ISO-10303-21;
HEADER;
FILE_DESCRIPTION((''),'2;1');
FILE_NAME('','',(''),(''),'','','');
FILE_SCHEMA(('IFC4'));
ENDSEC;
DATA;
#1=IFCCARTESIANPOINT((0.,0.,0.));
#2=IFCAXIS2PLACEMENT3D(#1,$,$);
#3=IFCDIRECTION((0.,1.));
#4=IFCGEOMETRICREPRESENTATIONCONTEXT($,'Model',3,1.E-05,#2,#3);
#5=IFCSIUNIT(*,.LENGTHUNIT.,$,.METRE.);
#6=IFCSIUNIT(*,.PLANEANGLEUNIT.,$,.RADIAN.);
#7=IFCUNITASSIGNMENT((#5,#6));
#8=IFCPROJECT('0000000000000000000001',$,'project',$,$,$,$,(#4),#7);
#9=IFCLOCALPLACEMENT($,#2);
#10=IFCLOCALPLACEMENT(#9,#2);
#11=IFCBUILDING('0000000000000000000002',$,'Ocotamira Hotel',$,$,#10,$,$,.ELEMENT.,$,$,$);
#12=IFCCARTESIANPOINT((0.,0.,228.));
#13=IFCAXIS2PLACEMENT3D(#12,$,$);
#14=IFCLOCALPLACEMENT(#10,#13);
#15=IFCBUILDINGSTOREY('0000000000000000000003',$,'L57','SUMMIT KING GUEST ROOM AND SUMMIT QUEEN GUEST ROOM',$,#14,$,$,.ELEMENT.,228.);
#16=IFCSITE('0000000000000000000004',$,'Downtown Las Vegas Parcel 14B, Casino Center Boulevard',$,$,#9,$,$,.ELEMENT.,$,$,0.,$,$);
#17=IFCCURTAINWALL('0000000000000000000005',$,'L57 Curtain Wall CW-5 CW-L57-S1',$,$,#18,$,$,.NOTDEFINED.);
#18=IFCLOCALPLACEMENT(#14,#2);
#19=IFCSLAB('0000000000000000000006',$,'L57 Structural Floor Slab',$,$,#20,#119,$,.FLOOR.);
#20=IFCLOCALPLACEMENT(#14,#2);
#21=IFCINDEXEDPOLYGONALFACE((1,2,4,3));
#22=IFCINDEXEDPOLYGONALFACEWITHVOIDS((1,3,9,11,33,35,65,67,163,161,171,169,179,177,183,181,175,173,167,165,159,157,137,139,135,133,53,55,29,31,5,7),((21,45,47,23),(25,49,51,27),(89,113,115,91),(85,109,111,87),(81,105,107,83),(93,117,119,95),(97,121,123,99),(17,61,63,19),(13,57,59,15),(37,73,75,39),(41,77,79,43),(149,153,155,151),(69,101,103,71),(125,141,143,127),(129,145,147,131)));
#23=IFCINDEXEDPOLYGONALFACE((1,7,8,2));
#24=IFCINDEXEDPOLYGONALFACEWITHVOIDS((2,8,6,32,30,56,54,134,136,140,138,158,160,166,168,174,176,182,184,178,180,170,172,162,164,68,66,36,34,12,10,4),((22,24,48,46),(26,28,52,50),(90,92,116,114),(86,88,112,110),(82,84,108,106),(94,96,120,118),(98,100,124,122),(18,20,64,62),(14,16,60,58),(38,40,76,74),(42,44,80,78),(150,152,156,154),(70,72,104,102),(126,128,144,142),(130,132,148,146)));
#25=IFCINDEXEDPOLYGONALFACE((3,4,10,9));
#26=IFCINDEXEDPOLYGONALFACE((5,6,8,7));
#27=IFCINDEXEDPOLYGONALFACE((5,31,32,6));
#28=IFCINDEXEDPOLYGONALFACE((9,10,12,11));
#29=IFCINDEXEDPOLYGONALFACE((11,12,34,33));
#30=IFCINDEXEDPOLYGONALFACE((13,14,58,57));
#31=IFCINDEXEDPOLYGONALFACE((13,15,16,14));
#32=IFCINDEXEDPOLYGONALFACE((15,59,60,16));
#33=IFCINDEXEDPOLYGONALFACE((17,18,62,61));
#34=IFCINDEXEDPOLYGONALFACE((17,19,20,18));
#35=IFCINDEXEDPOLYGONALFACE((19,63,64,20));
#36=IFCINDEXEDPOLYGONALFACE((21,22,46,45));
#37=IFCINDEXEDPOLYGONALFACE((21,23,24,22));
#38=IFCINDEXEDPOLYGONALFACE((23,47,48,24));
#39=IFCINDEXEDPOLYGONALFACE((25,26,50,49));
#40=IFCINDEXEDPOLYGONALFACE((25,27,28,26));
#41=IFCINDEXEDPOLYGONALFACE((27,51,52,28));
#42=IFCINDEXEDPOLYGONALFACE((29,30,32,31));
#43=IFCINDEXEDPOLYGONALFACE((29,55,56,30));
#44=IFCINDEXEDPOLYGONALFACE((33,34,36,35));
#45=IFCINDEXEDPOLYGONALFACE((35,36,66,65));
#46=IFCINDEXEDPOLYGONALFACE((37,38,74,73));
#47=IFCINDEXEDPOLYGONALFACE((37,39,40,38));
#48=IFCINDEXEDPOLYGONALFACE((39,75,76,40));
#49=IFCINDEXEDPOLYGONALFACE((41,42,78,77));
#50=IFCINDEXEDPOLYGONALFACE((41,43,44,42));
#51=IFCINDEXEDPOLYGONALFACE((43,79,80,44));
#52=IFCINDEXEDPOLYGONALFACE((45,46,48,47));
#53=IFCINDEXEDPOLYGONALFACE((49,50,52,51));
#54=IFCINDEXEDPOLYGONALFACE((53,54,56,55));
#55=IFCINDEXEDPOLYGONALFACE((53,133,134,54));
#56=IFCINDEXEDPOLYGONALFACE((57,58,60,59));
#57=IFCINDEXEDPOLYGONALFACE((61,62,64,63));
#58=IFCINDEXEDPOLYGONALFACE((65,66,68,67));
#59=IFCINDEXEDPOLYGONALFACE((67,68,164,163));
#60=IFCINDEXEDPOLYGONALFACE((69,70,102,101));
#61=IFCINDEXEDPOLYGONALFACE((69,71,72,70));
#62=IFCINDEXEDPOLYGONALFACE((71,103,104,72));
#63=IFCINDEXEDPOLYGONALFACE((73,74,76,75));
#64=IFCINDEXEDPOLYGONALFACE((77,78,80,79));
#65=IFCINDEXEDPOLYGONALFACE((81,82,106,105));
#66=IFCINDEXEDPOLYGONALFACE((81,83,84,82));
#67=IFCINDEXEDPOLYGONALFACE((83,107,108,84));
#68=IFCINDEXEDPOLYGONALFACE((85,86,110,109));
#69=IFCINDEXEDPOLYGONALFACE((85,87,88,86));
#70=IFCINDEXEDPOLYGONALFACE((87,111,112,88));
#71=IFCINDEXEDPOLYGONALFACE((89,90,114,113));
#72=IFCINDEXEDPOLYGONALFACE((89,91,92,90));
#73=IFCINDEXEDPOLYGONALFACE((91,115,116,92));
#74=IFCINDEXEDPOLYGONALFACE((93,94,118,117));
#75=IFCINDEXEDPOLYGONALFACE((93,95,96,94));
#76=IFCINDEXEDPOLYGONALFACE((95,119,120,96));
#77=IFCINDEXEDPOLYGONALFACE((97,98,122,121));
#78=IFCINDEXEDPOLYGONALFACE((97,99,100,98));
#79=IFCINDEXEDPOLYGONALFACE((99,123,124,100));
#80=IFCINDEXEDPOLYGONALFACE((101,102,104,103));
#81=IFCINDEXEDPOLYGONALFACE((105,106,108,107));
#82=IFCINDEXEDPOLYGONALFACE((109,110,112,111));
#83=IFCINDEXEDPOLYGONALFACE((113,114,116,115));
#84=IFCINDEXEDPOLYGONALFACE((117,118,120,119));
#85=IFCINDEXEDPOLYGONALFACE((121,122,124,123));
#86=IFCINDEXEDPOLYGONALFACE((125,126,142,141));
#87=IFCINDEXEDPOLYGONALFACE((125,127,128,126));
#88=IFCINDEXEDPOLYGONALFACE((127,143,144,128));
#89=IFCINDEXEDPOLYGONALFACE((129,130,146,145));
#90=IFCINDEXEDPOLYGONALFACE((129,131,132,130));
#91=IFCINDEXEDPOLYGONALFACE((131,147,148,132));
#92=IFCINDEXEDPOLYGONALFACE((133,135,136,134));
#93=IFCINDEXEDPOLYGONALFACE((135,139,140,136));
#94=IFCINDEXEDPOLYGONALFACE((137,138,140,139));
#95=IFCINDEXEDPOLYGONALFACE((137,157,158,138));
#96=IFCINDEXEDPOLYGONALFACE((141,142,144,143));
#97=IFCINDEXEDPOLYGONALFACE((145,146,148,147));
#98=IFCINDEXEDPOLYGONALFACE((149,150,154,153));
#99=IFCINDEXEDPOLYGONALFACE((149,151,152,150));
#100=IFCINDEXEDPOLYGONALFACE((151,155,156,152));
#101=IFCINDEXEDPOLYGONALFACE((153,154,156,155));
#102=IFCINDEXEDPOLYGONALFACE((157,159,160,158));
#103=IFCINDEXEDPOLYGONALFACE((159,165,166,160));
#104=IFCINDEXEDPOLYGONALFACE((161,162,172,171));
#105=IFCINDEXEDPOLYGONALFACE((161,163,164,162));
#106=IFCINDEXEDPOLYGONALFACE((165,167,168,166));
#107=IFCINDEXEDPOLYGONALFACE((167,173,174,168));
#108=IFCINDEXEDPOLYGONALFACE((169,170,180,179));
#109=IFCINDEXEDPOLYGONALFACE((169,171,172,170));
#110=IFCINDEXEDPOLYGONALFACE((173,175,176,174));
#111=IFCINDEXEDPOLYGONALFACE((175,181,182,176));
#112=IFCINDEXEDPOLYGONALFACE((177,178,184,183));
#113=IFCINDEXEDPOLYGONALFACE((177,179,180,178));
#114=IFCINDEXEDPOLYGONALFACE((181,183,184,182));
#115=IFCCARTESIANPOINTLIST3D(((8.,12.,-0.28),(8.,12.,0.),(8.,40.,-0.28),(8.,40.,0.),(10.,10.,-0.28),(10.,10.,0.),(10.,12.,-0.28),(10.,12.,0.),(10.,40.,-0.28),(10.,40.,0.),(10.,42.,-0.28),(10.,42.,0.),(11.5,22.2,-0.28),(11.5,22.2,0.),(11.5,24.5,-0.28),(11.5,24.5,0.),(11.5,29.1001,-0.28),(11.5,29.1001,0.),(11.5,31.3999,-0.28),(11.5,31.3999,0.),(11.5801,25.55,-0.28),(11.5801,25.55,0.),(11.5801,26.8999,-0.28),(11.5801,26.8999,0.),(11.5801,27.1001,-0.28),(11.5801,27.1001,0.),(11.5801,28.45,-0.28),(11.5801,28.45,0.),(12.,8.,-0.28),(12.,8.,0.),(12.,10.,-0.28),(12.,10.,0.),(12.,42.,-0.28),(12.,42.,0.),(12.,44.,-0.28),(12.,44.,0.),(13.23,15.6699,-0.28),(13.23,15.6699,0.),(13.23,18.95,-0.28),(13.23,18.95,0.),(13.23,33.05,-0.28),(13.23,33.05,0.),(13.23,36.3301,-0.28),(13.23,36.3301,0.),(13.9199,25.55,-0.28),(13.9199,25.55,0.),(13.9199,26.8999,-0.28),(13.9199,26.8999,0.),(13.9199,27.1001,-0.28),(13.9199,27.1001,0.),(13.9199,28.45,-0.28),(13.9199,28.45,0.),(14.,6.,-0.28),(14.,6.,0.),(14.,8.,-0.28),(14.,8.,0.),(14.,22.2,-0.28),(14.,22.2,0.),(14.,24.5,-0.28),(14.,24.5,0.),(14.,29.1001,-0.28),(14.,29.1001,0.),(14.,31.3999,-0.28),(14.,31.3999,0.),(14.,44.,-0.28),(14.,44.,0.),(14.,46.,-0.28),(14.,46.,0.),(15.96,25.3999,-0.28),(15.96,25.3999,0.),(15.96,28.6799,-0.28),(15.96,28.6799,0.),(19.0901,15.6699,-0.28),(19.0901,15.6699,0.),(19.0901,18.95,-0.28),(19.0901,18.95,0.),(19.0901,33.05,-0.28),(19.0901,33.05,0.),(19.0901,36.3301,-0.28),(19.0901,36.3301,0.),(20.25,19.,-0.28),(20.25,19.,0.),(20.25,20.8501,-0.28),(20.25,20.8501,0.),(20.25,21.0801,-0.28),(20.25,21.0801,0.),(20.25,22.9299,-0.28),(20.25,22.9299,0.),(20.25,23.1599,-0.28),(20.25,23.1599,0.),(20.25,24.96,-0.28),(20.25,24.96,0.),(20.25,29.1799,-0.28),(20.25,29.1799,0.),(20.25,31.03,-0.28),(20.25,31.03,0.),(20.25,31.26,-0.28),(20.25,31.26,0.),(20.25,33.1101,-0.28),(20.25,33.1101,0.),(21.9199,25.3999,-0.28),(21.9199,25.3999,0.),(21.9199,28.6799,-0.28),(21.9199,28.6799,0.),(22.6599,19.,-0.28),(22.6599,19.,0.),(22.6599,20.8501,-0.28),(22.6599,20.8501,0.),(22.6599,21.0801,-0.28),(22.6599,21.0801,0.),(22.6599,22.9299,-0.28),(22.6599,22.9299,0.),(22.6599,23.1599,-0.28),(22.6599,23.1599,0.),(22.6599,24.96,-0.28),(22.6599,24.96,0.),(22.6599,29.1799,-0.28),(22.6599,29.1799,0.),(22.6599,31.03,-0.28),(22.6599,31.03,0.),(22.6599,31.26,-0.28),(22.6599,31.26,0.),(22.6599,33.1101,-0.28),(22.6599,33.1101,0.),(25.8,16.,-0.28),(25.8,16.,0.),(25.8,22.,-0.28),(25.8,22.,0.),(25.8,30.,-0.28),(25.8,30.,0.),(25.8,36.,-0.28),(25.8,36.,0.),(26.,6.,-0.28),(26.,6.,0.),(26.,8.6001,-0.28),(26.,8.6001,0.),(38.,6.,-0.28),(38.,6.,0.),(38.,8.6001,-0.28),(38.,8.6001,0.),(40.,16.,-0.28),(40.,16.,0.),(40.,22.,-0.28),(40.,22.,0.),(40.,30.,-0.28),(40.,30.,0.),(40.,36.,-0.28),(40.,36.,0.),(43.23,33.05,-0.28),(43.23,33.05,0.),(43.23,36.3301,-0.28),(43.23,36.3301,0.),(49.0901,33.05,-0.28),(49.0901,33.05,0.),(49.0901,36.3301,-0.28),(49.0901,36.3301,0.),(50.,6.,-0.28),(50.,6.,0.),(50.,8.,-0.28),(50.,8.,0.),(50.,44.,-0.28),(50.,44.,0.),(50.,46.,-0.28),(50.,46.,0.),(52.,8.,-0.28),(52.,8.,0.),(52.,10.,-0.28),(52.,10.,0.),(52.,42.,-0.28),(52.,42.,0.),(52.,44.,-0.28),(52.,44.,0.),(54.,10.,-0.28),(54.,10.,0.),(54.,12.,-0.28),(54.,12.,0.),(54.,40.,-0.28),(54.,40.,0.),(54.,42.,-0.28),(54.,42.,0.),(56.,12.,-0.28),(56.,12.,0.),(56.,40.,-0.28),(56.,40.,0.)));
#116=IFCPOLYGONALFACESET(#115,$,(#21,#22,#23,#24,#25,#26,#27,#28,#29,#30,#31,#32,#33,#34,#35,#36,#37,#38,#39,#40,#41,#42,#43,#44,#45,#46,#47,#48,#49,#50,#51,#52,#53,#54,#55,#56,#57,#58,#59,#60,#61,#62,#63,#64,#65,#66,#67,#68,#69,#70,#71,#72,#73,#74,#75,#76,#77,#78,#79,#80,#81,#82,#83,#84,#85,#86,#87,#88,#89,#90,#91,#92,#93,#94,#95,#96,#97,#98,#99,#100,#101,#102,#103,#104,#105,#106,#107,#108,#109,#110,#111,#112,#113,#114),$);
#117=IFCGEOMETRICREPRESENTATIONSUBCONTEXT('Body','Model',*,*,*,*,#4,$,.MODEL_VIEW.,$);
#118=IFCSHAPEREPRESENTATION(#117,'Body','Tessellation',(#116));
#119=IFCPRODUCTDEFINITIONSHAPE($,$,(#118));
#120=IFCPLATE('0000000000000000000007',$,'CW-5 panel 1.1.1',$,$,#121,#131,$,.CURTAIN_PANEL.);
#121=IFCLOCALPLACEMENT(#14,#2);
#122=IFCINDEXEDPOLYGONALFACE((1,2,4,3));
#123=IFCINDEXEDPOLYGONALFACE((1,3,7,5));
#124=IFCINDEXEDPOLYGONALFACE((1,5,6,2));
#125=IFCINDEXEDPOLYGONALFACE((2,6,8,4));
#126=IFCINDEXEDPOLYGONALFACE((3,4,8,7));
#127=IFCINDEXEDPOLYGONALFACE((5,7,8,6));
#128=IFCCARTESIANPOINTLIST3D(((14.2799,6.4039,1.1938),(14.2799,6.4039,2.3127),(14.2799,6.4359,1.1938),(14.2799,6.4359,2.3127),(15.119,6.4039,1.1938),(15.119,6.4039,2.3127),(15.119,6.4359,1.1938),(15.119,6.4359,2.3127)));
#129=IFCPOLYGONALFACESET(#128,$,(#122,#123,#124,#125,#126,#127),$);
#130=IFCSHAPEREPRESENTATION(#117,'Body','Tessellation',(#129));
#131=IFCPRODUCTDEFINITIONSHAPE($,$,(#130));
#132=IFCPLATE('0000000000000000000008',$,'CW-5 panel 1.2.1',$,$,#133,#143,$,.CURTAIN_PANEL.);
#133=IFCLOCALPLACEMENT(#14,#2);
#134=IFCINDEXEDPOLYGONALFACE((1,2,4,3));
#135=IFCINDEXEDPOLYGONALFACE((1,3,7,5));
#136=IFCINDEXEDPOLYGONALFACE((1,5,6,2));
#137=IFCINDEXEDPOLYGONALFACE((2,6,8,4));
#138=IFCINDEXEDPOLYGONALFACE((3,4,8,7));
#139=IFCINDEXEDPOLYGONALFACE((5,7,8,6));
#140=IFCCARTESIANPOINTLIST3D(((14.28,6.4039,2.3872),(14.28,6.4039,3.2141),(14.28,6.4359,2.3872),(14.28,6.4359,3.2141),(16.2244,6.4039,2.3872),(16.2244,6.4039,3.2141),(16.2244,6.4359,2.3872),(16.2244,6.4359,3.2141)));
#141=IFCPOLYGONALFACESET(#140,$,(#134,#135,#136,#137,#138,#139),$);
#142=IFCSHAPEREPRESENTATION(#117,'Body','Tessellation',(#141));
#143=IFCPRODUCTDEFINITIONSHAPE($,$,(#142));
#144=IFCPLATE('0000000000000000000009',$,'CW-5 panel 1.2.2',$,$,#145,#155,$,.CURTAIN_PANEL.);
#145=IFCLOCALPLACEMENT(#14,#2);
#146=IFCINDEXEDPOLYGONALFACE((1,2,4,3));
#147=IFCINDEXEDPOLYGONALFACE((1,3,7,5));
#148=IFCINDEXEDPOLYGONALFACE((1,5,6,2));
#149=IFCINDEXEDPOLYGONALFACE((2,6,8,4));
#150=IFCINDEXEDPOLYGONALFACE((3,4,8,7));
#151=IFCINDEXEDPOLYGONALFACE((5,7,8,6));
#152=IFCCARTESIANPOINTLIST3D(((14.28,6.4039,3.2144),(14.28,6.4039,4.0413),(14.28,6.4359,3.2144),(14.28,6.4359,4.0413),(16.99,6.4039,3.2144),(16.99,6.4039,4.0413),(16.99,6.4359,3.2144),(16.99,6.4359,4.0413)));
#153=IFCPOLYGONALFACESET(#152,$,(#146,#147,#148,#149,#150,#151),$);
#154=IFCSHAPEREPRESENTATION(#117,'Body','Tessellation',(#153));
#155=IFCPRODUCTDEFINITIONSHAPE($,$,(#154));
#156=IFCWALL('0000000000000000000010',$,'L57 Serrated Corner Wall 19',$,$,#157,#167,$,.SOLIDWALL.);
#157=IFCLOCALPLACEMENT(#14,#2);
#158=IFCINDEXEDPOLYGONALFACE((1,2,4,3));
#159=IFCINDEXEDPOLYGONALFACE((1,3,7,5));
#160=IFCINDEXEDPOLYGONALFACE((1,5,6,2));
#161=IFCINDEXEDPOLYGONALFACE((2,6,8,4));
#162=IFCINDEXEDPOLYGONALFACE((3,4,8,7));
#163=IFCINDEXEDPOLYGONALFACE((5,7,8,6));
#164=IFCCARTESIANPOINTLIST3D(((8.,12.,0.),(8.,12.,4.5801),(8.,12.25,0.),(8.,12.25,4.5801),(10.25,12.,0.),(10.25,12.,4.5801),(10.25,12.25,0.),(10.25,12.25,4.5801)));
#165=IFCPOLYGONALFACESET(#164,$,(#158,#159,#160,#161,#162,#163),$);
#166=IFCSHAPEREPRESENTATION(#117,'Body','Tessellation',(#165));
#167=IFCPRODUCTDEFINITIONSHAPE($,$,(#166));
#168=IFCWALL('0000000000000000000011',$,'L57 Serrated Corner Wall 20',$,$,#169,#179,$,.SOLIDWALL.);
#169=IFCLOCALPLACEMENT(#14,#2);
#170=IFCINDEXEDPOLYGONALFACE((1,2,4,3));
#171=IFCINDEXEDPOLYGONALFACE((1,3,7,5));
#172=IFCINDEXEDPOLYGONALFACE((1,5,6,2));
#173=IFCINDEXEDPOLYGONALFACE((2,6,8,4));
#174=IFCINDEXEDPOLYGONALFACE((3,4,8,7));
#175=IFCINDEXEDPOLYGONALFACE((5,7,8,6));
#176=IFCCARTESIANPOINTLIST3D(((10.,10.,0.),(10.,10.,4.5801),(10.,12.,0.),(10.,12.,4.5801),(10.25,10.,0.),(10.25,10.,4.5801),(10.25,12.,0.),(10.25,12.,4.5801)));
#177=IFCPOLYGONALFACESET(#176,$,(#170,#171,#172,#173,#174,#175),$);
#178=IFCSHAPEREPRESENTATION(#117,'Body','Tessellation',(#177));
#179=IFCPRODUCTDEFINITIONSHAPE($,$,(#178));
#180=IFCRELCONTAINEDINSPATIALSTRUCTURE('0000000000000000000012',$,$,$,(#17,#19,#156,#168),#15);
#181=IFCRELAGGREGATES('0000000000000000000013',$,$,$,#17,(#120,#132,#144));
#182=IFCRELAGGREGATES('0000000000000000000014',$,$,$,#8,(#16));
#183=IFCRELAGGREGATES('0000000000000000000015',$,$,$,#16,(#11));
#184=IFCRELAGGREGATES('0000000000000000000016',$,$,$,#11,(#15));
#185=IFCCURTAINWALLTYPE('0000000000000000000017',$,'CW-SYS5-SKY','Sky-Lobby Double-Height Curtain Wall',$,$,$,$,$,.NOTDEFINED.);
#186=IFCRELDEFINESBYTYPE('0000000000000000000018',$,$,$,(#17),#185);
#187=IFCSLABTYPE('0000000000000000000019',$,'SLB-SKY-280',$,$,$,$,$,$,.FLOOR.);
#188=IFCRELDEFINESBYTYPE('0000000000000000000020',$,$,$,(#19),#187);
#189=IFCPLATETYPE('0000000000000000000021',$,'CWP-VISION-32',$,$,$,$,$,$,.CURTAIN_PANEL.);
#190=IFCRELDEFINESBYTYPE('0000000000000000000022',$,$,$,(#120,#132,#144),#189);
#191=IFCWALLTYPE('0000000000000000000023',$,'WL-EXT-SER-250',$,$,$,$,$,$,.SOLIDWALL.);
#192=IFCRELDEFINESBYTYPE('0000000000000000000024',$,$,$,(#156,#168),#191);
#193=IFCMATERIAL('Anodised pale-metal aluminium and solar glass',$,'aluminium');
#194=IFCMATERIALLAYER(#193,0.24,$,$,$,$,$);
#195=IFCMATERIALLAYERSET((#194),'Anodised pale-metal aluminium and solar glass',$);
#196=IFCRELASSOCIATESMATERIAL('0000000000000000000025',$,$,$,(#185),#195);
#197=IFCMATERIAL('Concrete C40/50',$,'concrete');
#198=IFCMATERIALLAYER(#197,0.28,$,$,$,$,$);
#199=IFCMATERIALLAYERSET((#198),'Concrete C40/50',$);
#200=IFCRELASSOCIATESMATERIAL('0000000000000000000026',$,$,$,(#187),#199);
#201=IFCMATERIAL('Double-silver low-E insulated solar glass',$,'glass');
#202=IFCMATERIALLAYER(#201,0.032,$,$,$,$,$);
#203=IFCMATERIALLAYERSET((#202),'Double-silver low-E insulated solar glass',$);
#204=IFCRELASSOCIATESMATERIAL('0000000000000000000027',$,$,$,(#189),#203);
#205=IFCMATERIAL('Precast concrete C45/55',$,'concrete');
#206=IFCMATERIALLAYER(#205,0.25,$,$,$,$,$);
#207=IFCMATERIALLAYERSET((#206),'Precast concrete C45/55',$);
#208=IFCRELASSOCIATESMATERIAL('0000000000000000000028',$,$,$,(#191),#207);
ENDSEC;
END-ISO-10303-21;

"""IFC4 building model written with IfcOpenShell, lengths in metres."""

from ifc_helpers import new_model, si_unit, direction, frame, frame_2d, origin, origin_2d, place, context, subcontext, project, spatial, polyline, rectangle, outline, extrude, source, transform, mapped, material, layer, layer_set, type_object, element, aggregate, save


model = new_model("IFC4")

# Units and contexts
model_context = context("Model", 3, precision=1e-05, world=origin(), true_north=direction((0.0, 1.0)))
body_context = subcontext(model_context, "Body", "Model", "MODEL_VIEW")
ifc_project = project(units=[si_unit("LENGTHUNIT", "METRE"), si_unit("PLANEANGLEUNIT", "RADIAN")], contexts=[model_context])

# Site, building, storey
site_placement = place(None, origin())
site = spatial("IfcSite", under=ifc_project, at=site_placement, Name="Downtown Las Vegas Parcel 14B, Casino Center Boulevard", CompositionType="ELEMENT", RefElevation=0.0)
building_placement = place(site_placement, origin())
building = spatial("IfcBuilding", under=site, at=building_placement, Name="Ocotamira Hotel", CompositionType="ELEMENT")
storey_placement = place(building_placement, frame((0.0, 0.0, 228.0)))
storey = spatial("IfcBuildingStorey", under=building, at=storey_placement, Name="L57", Description="SUMMIT KING GUEST ROOM AND SUMMIT QUEEN GUEST ROOM", CompositionType="ELEMENT", Elevation=228.0)

# Curtain wall
ifc_material_1 = material(Name="Anodised pale-metal aluminium and solar glass", Category="aluminium")
ifc_layer_1 = layer(ifc_material_1, 0.24)
ifc_layer_set_1 = layer_set([ifc_layer_1], Name="Anodised pale-metal aluminium and solar glass")
curtain_wall_type = type_object("IfcCurtainWallType", Name="CW-SYS5-SKY", Description="Sky-Lobby Double-Height Curtain Wall", PredefinedType="NOTDEFINED", material=ifc_layer_set_1)
curtain_wall_1_placement = place(storey_placement, origin())
curtain_wall_1 = element("IfcCurtainWall", 1, at=curtain_wall_1_placement, inside=storey, type_object=curtain_wall_type, Name="L57 Curtain Wall CW-5 CW-L57-S1", PredefinedType="NOTDEFINED")

# Shared definitions
ifc_material_2 = material(Name="Concrete C40/50", Category="concrete")

# Slab
ifc_layer_2 = layer(ifc_material_2, 0.28)
ifc_layer_set_2 = layer_set([ifc_layer_2], Name="Concrete C40/50")
slab_type_1 = type_object("IfcSlabType", Name="SLB-SKY-280", PredefinedType="FLOOR", material=ifc_layer_set_2)
slab_1_placement = place(storey_placement, frame((0.0, 0.0, -0.28)))
element("IfcSlab", 2, at=slab_1_placement, inside=storey, type_object=slab_type_1, Name="L57 Structural Floor Slab", PredefinedType="FLOOR", context=body_context, shape_type="SweptSolid", body=[
    extrude(outline(polyline([(14.0, 6.0), (14.0, 8.0), (12.0, 8.0), (12.0, 10.0), (10.0, 10.0), (10.0, 12.0), (8.0, 12.0), (8.0, 40.0), (10.0, 40.0), (10.0, 42.0), (12.0, 42.0), (12.0, 44.0), (14.0, 44.0), (14.0, 46.0), (50.0, 46.0), (50.0, 44.0), (52.0, 44.0), (52.0, 42.0), (54.0, 42.0), (54.0, 40.0), (56.0, 40.0), (56.0, 12.0), (54.0, 12.0), (54.0, 10.0), (52.0, 10.0), (52.0, 8.0), (50.0, 8.0), (50.0, 6.0), (38.0, 6.0), (38.0, 8.6001), (26.0, 8.6001), (26.0, 6.0), (14.0, 6.0)]), holes=[polyline([(25.8, 16.0), (40.0, 16.0), (40.0, 22.0), (25.8, 22.0), (25.8, 16.0)]), polyline([(25.8, 30.0), (40.0, 30.0), (40.0, 36.0), (25.8, 36.0), (25.8, 30.0)]), polyline([(13.23, 15.6699), (19.0901, 15.6699), (19.0901, 18.95), (13.23, 18.95), (13.23, 15.6699)]), polyline([(13.23, 33.05), (19.0901, 33.05), (19.0901, 36.3301), (13.23, 36.3301), (13.23, 33.05)]), polyline([(15.96, 25.3999), (21.9199, 25.3999), (21.9199, 28.6799), (15.96, 28.6799), (15.96, 25.3999)]), polyline([(43.23, 33.05), (49.0901, 33.05), (49.0901, 36.3301), (43.23, 36.3301), (43.23, 33.05)]), polyline([(20.25, 19.0), (22.6599, 19.0), (22.6599, 20.8501), (20.25, 20.8501), (20.25, 19.0)]), polyline([(20.25, 21.0801), (22.6599, 21.0801), (22.6599, 22.9299), (20.25, 22.9299), (20.25, 21.0801)]), polyline([(20.25, 23.1599), (22.6599, 23.1599), (22.6599, 24.96), (20.25, 24.96), (20.25, 23.1599)]), polyline([(20.25, 29.1799), (22.6599, 29.1799), (22.6599, 31.03), (20.25, 31.03), (20.25, 29.1799)]), polyline([(20.25, 31.26), (22.6599, 31.26), (22.6599, 33.1101), (20.25, 33.1101), (20.25, 31.26)]), polyline([(11.5, 22.2), (14.0, 22.2), (14.0, 24.5), (11.5, 24.5), (11.5, 22.2)]), polyline([(11.5, 29.1001), (14.0, 29.1001), (14.0, 31.3999), (11.5, 31.3999), (11.5, 29.1001)]), polyline([(11.5801, 25.55), (13.9199, 25.55), (13.9199, 26.8999), (11.5801, 26.8999), (11.5801, 25.55)]), polyline([(11.5801, 27.1001), (13.9199, 27.1001), (13.9199, 28.45), (11.5801, 28.45), (11.5801, 27.1001)])]), origin(), (0.0, 0.0, 1.0), 0.28),
])

# Plates
ifc_material_3 = material(Name="Double-silver low-E insulated solar glass", Category="glass")
ifc_layer_3 = layer(ifc_material_3, 0.032)
ifc_layer_set_3 = layer_set([ifc_layer_3], Name="Double-silver low-E insulated solar glass")
plate_type = type_object("IfcPlateType", Name="CWP-VISION-32", PredefinedType="CURTAIN_PANEL", material=ifc_layer_set_3)
shared_shape_1 = source(origin(), body_context, "Body", "SweptSolid", [
    extrude(rectangle(XDim=0.8391, YDim=0.032, at=origin_2d()), origin(), (0.0, 0.0, 1.0), 1.1189),
])
plate_1_placement = place(storey_placement, frame((14.6995, 6.4199, 1.1938), z_axis=(0.0, 0.0, 1.0), x_axis=(1.0, 0.0, 0.0)))
plate_1 = element("IfcPlate", 3, at=plate_1_placement, type_object=plate_type, Name="CW-5 panel 1.1.1", PredefinedType="CURTAIN_PANEL", context=body_context, shape_type="MappedRepresentation", body=[
    mapped(shared_shape_1, transform((0.0, 0.0, 0.0), scale=1.0)),
])
shared_shape_2 = source(origin(), body_context, "Body", "SweptSolid", [
    extrude(rectangle(XDim=1.9443, YDim=0.032, at=origin_2d()), origin(), (0.0, 0.0, 1.0), 0.8269),
])
plate_2_placement = place(storey_placement, frame((15.2522, 6.4199, 2.3872), z_axis=(0.0, 0.0, 1.0), x_axis=(1.0, 0.0, 0.0)))
plate_2 = element("IfcPlate", 4, at=plate_2_placement, type_object=plate_type, Name="CW-5 panel 1.2.1", PredefinedType="CURTAIN_PANEL", context=body_context, shape_type="MappedRepresentation", body=[
    mapped(shared_shape_2, transform((0.0, 0.0, 0.0), scale=1.0)),
])
shared_shape_3 = source(origin(), body_context, "Body", "SweptSolid", [
    extrude(rectangle(XDim=2.71, YDim=0.032, at=origin_2d()), origin(), (0.0, 0.0, 1.0), 0.8269),
])
plate_3_placement = place(storey_placement, frame((15.635, 6.4199, 3.2144), z_axis=(0.0, 0.0, 1.0), x_axis=(1.0, 0.0, 0.0)))
plate_3 = element("IfcPlate", 5, at=plate_3_placement, type_object=plate_type, Name="CW-5 panel 1.2.2", PredefinedType="CURTAIN_PANEL", context=body_context, shape_type="MappedRepresentation", body=[
    mapped(shared_shape_3, transform((0.0, 0.0, 0.0), scale=1.0)),
])
aggregate(curtain_wall_1, [plate_1, plate_2, plate_3])

# Walls
ifc_material_4 = material(Name="Precast concrete C45/55", Category="concrete")
ifc_layer_4 = layer(ifc_material_4, 0.25)
ifc_layer_set_4 = layer_set([ifc_layer_4], Name="Precast concrete C45/55")
wall_type_1 = type_object("IfcWallType", Name="WL-EXT-SER-250", PredefinedType="SOLIDWALL", material=ifc_layer_set_4)
wall_1_placement = place(storey_placement, frame((8.0, 12.125, 0.0), z_axis=(0.0, 0.0, 1.0), x_axis=(1.0, 0.0, 0.0)))
element("IfcWall", 6, at=wall_1_placement, inside=storey, type_object=wall_type_1, Name="L57 Serrated Corner Wall 19", PredefinedType="SOLIDWALL", context=body_context, shape_type="SweptSolid", body=[
    extrude(rectangle(XDim=2.25, YDim=0.25, at=frame_2d((1.125, 0.0))), origin(), (0.0, 0.0, 1.0), 4.5801),
])
for number, where, z_axis, x_axis, name in (
    (7, (10.125, 12.0, 0.0), (0.0, 0.0, 1.0), (0.0, -1.0, 0.0), "L57 Serrated Corner Wall 20"),
):
    element("IfcWall", number, at=place(storey_placement, frame(where, z_axis=z_axis, x_axis=x_axis)), inside=storey, type_object=wall_type_1, Name=name, PredefinedType="SOLIDWALL", context=body_context, shape_type="SweptSolid", body=[
        extrude(rectangle(XDim=2.0, YDim=0.25, at=frame_2d((1.0, 0.0))), origin(), (0.0, 0.0, 1.0), 4.5801),
    ])

save(model, "model.ifc")
